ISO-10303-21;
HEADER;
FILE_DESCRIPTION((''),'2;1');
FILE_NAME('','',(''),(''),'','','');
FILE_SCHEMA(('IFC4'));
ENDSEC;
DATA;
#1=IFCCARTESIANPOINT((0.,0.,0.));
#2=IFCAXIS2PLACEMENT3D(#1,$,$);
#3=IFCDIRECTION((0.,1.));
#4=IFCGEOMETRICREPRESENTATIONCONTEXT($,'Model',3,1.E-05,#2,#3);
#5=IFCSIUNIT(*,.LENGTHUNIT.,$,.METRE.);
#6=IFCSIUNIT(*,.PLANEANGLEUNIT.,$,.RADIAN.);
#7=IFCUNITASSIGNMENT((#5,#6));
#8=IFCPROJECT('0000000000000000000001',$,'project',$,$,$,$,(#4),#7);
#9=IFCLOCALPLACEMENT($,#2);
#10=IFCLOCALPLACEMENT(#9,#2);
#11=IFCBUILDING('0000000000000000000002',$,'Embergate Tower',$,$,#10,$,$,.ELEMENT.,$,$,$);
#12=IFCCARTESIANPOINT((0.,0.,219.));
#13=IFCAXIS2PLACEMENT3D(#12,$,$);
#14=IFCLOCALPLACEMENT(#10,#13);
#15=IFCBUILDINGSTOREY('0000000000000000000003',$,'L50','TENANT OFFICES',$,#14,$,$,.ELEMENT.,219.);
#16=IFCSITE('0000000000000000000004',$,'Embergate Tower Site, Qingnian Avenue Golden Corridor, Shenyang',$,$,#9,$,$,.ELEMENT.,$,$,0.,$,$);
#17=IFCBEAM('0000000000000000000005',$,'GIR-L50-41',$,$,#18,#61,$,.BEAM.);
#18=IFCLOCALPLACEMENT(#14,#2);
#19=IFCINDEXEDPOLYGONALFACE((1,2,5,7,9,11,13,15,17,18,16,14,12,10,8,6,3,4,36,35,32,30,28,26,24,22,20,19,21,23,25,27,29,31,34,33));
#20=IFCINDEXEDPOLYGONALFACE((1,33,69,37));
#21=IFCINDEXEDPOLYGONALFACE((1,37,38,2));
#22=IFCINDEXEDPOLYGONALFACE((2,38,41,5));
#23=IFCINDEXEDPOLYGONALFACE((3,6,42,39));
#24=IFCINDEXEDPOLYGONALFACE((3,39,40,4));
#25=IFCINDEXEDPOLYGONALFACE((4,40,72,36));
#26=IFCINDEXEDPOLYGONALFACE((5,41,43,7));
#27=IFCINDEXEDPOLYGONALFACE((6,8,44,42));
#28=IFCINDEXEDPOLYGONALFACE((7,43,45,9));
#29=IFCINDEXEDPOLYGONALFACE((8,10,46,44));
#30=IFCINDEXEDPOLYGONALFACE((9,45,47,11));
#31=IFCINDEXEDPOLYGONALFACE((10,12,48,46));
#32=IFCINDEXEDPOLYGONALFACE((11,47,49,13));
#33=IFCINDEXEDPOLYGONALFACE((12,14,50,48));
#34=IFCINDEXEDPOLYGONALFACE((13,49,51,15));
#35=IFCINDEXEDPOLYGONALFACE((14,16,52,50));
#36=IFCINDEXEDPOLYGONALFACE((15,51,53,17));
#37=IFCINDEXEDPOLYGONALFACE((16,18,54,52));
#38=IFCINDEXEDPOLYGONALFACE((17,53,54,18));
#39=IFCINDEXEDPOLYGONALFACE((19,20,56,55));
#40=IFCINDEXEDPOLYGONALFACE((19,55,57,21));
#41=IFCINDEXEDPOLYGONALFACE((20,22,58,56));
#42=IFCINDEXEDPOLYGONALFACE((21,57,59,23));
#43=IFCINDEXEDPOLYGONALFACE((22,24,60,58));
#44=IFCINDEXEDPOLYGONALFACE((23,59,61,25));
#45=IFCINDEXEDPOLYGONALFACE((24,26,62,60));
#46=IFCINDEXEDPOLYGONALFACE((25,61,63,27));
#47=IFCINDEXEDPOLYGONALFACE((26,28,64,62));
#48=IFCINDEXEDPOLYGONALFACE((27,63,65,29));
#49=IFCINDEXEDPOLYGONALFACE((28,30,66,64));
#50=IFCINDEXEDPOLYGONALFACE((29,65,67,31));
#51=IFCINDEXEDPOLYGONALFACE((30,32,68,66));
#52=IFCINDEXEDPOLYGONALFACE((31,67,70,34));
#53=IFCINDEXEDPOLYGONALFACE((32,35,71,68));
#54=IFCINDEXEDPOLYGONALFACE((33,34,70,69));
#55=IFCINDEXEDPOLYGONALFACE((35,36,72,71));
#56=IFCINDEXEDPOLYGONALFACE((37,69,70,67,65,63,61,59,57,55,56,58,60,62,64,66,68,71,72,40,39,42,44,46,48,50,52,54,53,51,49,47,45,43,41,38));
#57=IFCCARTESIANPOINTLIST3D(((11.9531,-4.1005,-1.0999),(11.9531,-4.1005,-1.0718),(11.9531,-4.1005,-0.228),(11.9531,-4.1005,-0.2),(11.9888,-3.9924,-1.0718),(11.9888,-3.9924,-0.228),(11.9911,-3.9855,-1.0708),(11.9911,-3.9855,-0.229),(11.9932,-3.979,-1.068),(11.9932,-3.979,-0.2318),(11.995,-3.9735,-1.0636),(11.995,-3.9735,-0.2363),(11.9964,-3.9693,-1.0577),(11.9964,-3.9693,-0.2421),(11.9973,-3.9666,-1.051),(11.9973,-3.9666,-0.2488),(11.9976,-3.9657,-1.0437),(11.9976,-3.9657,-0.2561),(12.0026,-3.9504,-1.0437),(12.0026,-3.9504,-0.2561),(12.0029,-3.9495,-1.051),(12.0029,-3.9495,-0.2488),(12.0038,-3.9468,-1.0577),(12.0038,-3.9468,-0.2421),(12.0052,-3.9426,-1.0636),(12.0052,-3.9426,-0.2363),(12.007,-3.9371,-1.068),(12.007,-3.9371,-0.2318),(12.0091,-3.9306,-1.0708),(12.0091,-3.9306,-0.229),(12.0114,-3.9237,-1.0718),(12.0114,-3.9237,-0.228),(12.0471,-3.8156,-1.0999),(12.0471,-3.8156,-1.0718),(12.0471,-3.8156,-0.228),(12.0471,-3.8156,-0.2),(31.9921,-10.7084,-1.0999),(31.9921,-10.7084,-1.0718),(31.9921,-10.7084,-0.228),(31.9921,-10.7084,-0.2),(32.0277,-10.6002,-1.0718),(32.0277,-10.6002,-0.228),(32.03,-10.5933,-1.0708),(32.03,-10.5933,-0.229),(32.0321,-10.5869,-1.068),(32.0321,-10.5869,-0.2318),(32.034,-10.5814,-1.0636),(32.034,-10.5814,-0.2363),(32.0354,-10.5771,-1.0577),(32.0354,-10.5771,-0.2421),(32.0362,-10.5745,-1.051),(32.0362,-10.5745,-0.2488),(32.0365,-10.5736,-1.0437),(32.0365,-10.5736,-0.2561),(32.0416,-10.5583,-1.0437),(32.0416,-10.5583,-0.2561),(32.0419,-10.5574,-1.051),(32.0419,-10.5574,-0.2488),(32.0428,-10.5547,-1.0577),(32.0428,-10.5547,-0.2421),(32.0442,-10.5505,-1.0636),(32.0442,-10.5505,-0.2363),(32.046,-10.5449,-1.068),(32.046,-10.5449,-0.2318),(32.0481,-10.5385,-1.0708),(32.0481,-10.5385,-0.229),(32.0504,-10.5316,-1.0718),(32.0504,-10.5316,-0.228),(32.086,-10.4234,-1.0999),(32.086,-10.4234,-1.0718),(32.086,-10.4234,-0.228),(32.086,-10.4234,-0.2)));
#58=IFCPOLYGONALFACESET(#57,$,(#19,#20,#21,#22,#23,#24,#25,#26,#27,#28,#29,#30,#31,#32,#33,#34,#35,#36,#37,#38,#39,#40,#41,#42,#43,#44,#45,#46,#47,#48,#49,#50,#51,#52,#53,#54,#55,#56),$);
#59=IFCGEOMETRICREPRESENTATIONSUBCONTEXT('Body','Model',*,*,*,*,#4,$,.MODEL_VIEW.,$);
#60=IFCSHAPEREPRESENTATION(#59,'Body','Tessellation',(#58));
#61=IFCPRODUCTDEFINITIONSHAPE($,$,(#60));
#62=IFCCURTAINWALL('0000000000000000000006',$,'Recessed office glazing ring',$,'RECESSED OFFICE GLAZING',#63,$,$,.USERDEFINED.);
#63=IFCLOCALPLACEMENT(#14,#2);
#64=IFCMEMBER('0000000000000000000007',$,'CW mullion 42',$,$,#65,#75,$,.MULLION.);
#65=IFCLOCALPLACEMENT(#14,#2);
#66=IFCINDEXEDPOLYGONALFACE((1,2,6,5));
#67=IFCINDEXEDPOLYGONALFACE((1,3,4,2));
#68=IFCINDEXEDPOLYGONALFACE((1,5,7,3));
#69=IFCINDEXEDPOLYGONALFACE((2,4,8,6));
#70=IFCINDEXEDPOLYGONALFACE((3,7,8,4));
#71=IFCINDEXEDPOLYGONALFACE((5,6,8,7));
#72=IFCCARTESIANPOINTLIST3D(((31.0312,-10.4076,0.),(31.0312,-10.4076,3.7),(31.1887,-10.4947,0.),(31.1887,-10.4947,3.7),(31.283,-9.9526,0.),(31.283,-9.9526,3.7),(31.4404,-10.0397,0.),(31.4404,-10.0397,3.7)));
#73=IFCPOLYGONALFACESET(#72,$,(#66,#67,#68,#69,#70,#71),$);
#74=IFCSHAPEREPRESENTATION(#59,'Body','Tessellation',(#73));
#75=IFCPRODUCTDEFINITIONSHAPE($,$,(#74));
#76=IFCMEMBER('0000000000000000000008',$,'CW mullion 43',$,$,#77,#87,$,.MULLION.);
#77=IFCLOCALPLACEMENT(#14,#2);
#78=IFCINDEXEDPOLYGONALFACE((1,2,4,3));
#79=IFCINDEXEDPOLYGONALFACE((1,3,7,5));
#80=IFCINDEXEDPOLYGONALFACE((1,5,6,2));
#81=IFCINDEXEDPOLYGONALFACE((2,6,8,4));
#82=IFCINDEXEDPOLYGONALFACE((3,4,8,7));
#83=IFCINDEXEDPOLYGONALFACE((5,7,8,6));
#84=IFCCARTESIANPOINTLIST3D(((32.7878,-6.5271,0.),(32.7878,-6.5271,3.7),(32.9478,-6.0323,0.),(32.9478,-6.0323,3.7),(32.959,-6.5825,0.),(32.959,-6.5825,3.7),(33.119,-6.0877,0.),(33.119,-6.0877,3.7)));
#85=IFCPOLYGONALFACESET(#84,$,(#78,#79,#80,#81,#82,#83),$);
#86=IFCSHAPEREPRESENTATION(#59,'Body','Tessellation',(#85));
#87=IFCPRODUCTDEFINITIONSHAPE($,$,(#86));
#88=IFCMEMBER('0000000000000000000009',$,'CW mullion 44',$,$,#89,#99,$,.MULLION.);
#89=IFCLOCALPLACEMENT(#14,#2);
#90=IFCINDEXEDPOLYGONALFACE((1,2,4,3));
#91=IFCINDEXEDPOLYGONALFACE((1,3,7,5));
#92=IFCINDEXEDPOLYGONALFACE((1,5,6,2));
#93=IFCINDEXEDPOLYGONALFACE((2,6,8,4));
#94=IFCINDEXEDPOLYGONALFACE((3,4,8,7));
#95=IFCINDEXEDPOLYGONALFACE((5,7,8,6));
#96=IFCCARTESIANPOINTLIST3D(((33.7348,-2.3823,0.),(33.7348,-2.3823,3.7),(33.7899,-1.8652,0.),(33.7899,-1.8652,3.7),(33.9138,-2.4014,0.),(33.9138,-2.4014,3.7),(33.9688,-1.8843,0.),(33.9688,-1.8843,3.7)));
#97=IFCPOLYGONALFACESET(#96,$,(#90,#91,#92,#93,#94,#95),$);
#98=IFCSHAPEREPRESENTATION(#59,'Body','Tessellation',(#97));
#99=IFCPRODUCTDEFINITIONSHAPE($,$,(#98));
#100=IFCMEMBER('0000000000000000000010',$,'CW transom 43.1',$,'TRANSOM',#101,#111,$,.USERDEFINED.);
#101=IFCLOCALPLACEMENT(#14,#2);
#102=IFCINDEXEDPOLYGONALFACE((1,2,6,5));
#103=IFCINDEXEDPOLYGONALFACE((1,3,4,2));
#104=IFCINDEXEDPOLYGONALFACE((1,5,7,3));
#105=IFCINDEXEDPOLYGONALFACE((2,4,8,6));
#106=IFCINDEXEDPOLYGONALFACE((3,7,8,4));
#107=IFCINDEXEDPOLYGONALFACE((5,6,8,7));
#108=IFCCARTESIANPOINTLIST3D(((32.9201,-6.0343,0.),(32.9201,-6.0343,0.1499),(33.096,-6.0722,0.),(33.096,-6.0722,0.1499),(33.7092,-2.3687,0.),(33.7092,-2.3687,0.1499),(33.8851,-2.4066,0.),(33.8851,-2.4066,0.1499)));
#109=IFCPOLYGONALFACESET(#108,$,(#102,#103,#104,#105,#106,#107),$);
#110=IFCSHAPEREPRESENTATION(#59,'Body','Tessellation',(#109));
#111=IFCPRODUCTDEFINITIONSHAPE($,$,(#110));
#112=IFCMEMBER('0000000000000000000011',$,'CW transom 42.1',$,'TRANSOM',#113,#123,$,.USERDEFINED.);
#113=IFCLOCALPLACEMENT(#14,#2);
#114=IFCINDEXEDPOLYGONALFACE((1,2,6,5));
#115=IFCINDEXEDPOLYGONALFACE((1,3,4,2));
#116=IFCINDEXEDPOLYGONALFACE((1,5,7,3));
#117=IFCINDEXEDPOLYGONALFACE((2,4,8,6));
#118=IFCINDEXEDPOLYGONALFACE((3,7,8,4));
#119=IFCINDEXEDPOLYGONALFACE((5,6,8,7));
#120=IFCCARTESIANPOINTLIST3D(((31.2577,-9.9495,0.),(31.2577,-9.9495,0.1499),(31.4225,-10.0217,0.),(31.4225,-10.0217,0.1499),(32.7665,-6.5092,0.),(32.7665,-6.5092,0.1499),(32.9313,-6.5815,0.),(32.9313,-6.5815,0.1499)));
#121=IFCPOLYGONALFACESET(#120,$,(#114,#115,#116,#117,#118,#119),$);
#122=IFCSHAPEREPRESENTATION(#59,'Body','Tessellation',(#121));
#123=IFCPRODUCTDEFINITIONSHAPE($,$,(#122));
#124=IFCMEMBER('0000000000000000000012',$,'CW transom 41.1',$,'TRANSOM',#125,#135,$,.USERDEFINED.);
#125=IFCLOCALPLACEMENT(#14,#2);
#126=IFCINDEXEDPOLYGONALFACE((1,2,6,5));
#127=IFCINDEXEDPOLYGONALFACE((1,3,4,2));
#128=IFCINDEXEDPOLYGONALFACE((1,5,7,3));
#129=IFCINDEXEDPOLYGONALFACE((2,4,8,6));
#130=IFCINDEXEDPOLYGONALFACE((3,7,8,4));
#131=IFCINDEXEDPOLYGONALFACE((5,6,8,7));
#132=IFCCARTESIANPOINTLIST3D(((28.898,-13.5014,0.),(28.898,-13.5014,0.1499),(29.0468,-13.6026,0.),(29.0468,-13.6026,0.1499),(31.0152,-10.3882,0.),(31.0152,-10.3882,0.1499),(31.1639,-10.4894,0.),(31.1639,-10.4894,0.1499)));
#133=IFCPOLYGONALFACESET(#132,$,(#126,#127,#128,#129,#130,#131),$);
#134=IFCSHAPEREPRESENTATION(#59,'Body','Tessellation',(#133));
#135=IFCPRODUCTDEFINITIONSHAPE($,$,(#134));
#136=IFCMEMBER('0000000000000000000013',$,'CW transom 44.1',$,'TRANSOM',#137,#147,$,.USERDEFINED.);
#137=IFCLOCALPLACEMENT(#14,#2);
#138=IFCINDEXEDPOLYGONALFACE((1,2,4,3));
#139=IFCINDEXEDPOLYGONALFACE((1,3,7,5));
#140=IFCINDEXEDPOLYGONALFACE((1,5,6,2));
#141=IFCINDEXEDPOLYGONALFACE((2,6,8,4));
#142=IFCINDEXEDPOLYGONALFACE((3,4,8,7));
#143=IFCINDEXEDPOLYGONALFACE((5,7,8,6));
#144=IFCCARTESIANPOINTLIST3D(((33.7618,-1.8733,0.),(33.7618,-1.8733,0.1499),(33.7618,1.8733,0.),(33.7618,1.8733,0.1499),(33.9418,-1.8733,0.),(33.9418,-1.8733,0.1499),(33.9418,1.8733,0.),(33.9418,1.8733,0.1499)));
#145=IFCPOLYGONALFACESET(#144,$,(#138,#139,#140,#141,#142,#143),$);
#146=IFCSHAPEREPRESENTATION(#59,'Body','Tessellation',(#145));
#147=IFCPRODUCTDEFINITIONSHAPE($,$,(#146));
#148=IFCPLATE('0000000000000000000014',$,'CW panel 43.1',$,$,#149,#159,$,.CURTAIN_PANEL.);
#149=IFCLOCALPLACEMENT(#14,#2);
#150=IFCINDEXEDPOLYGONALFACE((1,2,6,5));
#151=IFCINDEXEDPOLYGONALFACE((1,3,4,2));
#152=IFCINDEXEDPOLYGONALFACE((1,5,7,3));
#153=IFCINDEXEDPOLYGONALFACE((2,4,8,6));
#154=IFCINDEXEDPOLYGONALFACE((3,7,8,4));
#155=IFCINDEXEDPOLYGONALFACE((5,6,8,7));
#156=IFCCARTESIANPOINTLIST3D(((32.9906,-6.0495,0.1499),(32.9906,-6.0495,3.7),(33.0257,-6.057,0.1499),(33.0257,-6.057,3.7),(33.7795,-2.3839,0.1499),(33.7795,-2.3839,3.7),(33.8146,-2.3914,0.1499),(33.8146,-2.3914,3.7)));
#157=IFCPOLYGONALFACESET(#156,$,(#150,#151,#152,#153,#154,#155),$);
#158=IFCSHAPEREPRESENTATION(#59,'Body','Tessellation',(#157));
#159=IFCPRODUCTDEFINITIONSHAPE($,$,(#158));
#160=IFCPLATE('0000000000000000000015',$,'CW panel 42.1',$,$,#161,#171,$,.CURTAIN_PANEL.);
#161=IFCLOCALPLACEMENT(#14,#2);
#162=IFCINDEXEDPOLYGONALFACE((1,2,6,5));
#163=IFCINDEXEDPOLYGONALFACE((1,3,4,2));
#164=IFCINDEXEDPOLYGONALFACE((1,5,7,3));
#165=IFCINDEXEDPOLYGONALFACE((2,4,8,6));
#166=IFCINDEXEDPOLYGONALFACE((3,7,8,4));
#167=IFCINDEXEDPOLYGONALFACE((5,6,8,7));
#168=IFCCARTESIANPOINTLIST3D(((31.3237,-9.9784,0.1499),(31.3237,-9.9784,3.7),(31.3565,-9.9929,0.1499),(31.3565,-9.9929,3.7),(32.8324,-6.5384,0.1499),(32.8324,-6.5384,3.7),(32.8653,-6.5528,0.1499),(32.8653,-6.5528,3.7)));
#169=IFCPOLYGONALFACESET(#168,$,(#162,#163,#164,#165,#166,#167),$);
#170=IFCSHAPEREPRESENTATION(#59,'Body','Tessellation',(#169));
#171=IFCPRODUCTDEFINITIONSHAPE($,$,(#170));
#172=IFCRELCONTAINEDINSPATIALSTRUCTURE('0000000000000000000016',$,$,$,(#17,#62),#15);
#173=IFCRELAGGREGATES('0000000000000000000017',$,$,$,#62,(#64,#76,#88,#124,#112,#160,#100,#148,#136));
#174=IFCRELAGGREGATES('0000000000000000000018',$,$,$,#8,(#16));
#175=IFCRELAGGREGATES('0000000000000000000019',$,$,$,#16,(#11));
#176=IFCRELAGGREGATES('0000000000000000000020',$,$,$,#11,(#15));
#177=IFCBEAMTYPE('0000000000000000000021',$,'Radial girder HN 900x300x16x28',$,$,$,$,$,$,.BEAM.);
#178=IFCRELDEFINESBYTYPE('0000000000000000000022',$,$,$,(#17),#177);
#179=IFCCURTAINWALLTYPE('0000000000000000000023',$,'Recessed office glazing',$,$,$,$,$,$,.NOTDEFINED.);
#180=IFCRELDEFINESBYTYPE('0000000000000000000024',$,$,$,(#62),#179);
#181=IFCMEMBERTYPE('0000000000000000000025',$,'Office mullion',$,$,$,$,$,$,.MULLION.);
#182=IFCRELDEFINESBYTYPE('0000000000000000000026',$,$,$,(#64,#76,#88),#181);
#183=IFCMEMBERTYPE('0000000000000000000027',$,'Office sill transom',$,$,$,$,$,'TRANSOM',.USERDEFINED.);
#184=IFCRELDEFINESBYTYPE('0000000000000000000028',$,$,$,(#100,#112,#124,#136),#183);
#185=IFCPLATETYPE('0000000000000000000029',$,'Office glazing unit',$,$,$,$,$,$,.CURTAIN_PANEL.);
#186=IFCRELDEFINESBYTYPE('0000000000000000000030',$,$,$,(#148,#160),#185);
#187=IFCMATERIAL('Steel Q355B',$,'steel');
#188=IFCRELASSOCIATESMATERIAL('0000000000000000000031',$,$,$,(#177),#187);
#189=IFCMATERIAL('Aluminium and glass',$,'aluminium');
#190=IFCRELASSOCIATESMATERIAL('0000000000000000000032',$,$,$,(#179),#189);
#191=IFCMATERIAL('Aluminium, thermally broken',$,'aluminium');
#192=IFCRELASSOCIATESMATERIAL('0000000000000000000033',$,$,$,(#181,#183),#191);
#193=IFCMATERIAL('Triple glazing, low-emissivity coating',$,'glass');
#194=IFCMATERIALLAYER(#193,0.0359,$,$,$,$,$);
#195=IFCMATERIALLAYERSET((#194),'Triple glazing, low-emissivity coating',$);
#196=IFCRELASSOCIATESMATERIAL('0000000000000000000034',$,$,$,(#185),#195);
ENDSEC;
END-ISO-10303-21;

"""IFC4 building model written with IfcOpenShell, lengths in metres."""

from ifc_helpers import new_model, si_unit, direction, frame, origin, origin_2d, place, context, subcontext, project, spatial, rectangle, i_section, extrude, source, transform, mapped, material, layer, layer_set, material_profile, profile_set, type_object, element, aggregate, save


model = new_model("IFC4")

# Units and contexts
model_context = context("Model", 3, precision=1e-05, world=origin(), true_north=direction((0.0, 1.0)))
body_context = subcontext(model_context, "Body", "Model", "MODEL_VIEW")
ifc_project = project(units=[si_unit("LENGTHUNIT", "METRE"), si_unit("PLANEANGLEUNIT", "RADIAN")], contexts=[model_context])

# Site, building, storey
site_placement = place(None, origin())
site = spatial("IfcSite", under=ifc_project, at=site_placement, Name="Embergate Tower Site, Qingnian Avenue Golden Corridor, Shenyang", CompositionType="ELEMENT", RefElevation=0.0)
building_placement = place(site_placement, origin())
building = spatial("IfcBuilding", under=site, at=building_placement, Name="Embergate Tower", CompositionType="ELEMENT")
storey_placement = place(building_placement, frame((0.0, 0.0, 219.0)))
storey = spatial("IfcBuildingStorey", under=building, at=storey_placement, Name="L50", Description="TENANT OFFICES", CompositionType="ELEMENT", Elevation=219.0)

# Beam
ifc_material_1 = material(Name="Steel Q355B", Category="steel")
ifc_material_profile_1 = material_profile(ifc_material_1, i_section(OverallWidth=0.3, OverallDepth=0.8999, WebThickness=0.0161, FlangeThickness=0.0281, FilletRadius=0.0281, at=origin_2d()), Name="HN 900x300x16x28")
ifc_profile_set_1 = profile_set([ifc_material_profile_1], Name="Steel Q355 grade B")
beam_type_1 = type_object("IfcBeamType", Name="Radial girder HN 900x300x16x28", PredefinedType="BEAM", material=ifc_profile_set_1)
shared_shape_1 = source(origin(), body_context, "Body", "SweptSolid", [
    extrude(i_section(OverallWidth=0.3, OverallDepth=0.8999, WebThickness=0.0161, FlangeThickness=0.0281, FilletRadius=0.0281, at=origin_2d()), origin(), (0.0, 0.0, 1.0), 21.1003),
])
beam_1_placement = place(storey_placement, frame((32.0391, -10.5659, -0.6499), z_axis=(-0.949699, 0.313165, 0.0), x_axis=(-0.313165, -0.949699, 0.0)))
element("IfcBeam", 1, at=beam_1_placement, inside=storey, type_object=beam_type_1, Name="GIR-L50-41", PredefinedType="BEAM", context=body_context, shape_type="MappedRepresentation", body=[
    mapped(shared_shape_1, transform((0.0, 0.0, 0.0))),
])

# Curtain wall, members, plates
ifc_material_2 = material(Name="Aluminium and glass", Category="aluminium")
curtain_wall_type = type_object("IfcCurtainWallType", Name="Recessed office glazing", PredefinedType="NOTDEFINED", material=ifc_material_2)
curtain_wall_placement = place(storey_placement, origin())
curtain_wall = element("IfcCurtainWall", 2, at=curtain_wall_placement, inside=storey, type_object=curtain_wall_type, Name="Recessed office glazing ring", ObjectType="RECESSED OFFICE GLAZING", PredefinedType="USERDEFINED")
ifc_material_3 = material(Name="Aluminium, thermally broken", Category="aluminium")
ifc_material_profile_2 = material_profile(ifc_material_3, rectangle(XDim=0.1799, YDim=0.52, at=origin_2d()), Name="AL 520x180")
ifc_profile_set_2 = profile_set([ifc_material_profile_2], Name="Aluminium, thermally broken")
member_type_1 = type_object("IfcMemberType", Name="Office mullion", PredefinedType="MULLION", material=ifc_profile_set_2)
shared_shape_2 = source(origin(), body_context, "Body", "SweptSolid", [
    extrude(rectangle(XDim=0.1799, YDim=0.52, at=origin_2d()), origin(), (0.0, 0.0, 1.0), 3.7),
])
member_1_placement = place(storey_placement, frame((31.2358, -10.2236, 0.0), z_axis=(0.0, 0.0, 1.0), x_axis=(-0.875001, 0.484121, 0.0)))
member_1 = element("IfcMember", 3, at=member_1_placement, type_object=member_type_1, Name="CW mullion 42", PredefinedType="MULLION", context=body_context, shape_type="MappedRepresentation", body=[
    mapped(shared_shape_2, transform((0.0, 0.0, 0.0))),
])
member_2_placement = place(storey_placement, frame((32.9534, -6.3074, 0.0), z_axis=(0.0, 0.0, 1.0), x_axis=(-0.951497, 0.307657, 0.0)))
member_2 = element("IfcMember", 4, at=member_2_placement, type_object=member_type_1, Name="CW mullion 43", PredefinedType="MULLION", context=body_context, shape_type="MappedRepresentation", body=[
    mapped(shared_shape_2, transform((0.0, 0.0, 0.0))),
])
member_3_placement = place(storey_placement, frame((33.8518, -2.1333, 0.0), z_axis=(0.0, 0.0, 1.0), x_axis=(-0.994385, 0.105825, 0.0)))
member_3 = element("IfcMember", 5, at=member_3_placement, type_object=member_type_1, Name="CW mullion 44", PredefinedType="MULLION", context=body_context, shape_type="MappedRepresentation", body=[
    mapped(shared_shape_2, transform((0.0, 0.0, 0.0))),
])
ifc_material_profile_3 = material_profile(ifc_material_3, rectangle(XDim=0.1799, YDim=0.1499, at=origin_2d()), Name="AL 150x180")
ifc_profile_set_3 = profile_set([ifc_material_profile_3], Name="Aluminium, thermally broken")
member_type_2 = type_object("IfcMemberType", Name="Office sill transom", ElementType="TRANSOM", PredefinedType="USERDEFINED", material=ifc_profile_set_3)
shared_shape_3 = source(origin(), body_context, "Body", "SweptSolid", [
    extrude(rectangle(XDim=0.1799, YDim=0.1499, at=origin_2d()), origin(), (0.0, 0.0, 1.0), 3.7495),
])
member_4_placement = place(storey_placement, frame((33.0081, -6.0532, 0.075), z_axis=(0.210445, 0.977606, 0.0), x_axis=(-0.977606, 0.210445, 0.0)))
member_4 = element("IfcMember", 6, at=member_4_placement, type_object=member_type_2, Name="CW transom 43.1", ObjectType="TRANSOM", PredefinedType="USERDEFINED", context=body_context, shape_type="MappedRepresentation", body=[
    mapped(shared_shape_3, transform((0.0, 0.0, 0.0))),
])
shared_shape_4 = source(origin(), body_context, "Body", "SweptSolid", [
    extrude(rectangle(XDim=0.1799, YDim=0.1499, at=origin_2d()), origin(), (0.0, 0.0, 1.0), 3.7566),
])
member_5_placement = place(storey_placement, frame((31.3401, -9.9856, 0.075), z_axis=(0.401647, 0.915794, 0.0), x_axis=(-0.915794, 0.401647, 0.0)))
member_5 = element("IfcMember", 7, at=member_5_placement, type_object=member_type_2, Name="CW transom 42.1", ObjectType="TRANSOM", PredefinedType="USERDEFINED", context=body_context, shape_type="MappedRepresentation", body=[
    mapped(shared_shape_4, transform((0.0, 0.0, 0.0))),
])
shared_shape_5 = source(origin(), body_context, "Body", "SweptSolid", [
    extrude(rectangle(XDim=0.1799, YDim=0.1499, at=origin_2d()), origin(), (0.0, 0.0, 1.0), 3.7649),
])
member_6_placement = place(storey_placement, frame((28.9724, -13.552, 0.075), z_axis=(0.562338, 0.826907, 0.0), x_axis=(-0.826907, 0.562338, 0.0)))
member_6 = element("IfcMember", 8, at=member_6_placement, type_object=member_type_2, Name="CW transom 41.1", ObjectType="TRANSOM", PredefinedType="USERDEFINED", context=body_context, shape_type="MappedRepresentation", body=[
    mapped(shared_shape_5, transform((0.0, 0.0, 0.0))),
])
shared_shape_6 = source(origin(), body_context, "Body", "SweptSolid", [
    extrude(rectangle(XDim=0.1799, YDim=0.1499, at=origin_2d()), origin(), (0.0, 0.0, 1.0), 3.7466),
])
member_7_placement = place(storey_placement, frame((33.8518, -1.8733, 0.075), z_axis=(0.0, 1.0, 0.0), x_axis=(-1.0, 0.0, 0.0)))
member_7 = element("IfcMember", 9, at=member_7_placement, type_object=member_type_2, Name="CW transom 44.1", ObjectType="TRANSOM", PredefinedType="USERDEFINED", context=body_context, shape_type="MappedRepresentation", body=[
    mapped(shared_shape_6, transform((0.0, 0.0, 0.0))),
])
ifc_material_4 = material(Name="Triple glazing, low-emissivity coating", Category="glass")
ifc_layer_1 = layer(ifc_material_4, 0.0359)
ifc_layer_set_1 = layer_set([ifc_layer_1], Name="Triple glazing, low-emissivity coating")
plate_type = type_object("IfcPlateType", Name="Office glazing unit", PredefinedType="CURTAIN_PANEL", material=ifc_layer_set_1)
shared_shape_7 = source(origin(), body_context, "Body", "SweptSolid", [
    extrude(rectangle(XDim=3.7495, YDim=0.0359, at=origin_2d()), origin(), (0.0, 0.0, 1.0), 3.55),
])
plate_1_placement = place(storey_placement, frame((33.4026, -4.2205, 0.1499), z_axis=(0.0, 0.0, 1.0), x_axis=(0.210397, 0.977616, 0.0)))
plate_1 = element("IfcPlate", 10, at=plate_1_placement, type_object=plate_type, Name="CW panel 43.1", PredefinedType="CURTAIN_PANEL", context=body_context, shape_type="MappedRepresentation", body=[
    mapped(shared_shape_7, transform((0.0, 0.0, 0.0))),
])
shared_shape_8 = source(origin(), body_context, "Body", "SweptSolid", [
    extrude(rectangle(XDim=3.7563, YDim=0.0359, at=origin_2d()), origin(), (0.0, 0.0, 1.0), 3.55),
])
plate_2_placement = place(storey_placement, frame((32.0945, -8.2656, 0.1499), z_axis=(0.0, 0.0, 1.0), x_axis=(0.401649, 0.915794, 0.0)))
plate_2 = element("IfcPlate", 11, at=plate_2_placement, type_object=plate_type, Name="CW panel 42.1", PredefinedType="CURTAIN_PANEL", context=body_context, shape_type="MappedRepresentation", body=[
    mapped(shared_shape_8, transform((0.0, 0.0, 0.0))),
])
aggregate(curtain_wall, [member_1, member_2, member_3, member_6, member_5, plate_2, member_4, plate_1, member_7])

save(model, "model.ifc")
